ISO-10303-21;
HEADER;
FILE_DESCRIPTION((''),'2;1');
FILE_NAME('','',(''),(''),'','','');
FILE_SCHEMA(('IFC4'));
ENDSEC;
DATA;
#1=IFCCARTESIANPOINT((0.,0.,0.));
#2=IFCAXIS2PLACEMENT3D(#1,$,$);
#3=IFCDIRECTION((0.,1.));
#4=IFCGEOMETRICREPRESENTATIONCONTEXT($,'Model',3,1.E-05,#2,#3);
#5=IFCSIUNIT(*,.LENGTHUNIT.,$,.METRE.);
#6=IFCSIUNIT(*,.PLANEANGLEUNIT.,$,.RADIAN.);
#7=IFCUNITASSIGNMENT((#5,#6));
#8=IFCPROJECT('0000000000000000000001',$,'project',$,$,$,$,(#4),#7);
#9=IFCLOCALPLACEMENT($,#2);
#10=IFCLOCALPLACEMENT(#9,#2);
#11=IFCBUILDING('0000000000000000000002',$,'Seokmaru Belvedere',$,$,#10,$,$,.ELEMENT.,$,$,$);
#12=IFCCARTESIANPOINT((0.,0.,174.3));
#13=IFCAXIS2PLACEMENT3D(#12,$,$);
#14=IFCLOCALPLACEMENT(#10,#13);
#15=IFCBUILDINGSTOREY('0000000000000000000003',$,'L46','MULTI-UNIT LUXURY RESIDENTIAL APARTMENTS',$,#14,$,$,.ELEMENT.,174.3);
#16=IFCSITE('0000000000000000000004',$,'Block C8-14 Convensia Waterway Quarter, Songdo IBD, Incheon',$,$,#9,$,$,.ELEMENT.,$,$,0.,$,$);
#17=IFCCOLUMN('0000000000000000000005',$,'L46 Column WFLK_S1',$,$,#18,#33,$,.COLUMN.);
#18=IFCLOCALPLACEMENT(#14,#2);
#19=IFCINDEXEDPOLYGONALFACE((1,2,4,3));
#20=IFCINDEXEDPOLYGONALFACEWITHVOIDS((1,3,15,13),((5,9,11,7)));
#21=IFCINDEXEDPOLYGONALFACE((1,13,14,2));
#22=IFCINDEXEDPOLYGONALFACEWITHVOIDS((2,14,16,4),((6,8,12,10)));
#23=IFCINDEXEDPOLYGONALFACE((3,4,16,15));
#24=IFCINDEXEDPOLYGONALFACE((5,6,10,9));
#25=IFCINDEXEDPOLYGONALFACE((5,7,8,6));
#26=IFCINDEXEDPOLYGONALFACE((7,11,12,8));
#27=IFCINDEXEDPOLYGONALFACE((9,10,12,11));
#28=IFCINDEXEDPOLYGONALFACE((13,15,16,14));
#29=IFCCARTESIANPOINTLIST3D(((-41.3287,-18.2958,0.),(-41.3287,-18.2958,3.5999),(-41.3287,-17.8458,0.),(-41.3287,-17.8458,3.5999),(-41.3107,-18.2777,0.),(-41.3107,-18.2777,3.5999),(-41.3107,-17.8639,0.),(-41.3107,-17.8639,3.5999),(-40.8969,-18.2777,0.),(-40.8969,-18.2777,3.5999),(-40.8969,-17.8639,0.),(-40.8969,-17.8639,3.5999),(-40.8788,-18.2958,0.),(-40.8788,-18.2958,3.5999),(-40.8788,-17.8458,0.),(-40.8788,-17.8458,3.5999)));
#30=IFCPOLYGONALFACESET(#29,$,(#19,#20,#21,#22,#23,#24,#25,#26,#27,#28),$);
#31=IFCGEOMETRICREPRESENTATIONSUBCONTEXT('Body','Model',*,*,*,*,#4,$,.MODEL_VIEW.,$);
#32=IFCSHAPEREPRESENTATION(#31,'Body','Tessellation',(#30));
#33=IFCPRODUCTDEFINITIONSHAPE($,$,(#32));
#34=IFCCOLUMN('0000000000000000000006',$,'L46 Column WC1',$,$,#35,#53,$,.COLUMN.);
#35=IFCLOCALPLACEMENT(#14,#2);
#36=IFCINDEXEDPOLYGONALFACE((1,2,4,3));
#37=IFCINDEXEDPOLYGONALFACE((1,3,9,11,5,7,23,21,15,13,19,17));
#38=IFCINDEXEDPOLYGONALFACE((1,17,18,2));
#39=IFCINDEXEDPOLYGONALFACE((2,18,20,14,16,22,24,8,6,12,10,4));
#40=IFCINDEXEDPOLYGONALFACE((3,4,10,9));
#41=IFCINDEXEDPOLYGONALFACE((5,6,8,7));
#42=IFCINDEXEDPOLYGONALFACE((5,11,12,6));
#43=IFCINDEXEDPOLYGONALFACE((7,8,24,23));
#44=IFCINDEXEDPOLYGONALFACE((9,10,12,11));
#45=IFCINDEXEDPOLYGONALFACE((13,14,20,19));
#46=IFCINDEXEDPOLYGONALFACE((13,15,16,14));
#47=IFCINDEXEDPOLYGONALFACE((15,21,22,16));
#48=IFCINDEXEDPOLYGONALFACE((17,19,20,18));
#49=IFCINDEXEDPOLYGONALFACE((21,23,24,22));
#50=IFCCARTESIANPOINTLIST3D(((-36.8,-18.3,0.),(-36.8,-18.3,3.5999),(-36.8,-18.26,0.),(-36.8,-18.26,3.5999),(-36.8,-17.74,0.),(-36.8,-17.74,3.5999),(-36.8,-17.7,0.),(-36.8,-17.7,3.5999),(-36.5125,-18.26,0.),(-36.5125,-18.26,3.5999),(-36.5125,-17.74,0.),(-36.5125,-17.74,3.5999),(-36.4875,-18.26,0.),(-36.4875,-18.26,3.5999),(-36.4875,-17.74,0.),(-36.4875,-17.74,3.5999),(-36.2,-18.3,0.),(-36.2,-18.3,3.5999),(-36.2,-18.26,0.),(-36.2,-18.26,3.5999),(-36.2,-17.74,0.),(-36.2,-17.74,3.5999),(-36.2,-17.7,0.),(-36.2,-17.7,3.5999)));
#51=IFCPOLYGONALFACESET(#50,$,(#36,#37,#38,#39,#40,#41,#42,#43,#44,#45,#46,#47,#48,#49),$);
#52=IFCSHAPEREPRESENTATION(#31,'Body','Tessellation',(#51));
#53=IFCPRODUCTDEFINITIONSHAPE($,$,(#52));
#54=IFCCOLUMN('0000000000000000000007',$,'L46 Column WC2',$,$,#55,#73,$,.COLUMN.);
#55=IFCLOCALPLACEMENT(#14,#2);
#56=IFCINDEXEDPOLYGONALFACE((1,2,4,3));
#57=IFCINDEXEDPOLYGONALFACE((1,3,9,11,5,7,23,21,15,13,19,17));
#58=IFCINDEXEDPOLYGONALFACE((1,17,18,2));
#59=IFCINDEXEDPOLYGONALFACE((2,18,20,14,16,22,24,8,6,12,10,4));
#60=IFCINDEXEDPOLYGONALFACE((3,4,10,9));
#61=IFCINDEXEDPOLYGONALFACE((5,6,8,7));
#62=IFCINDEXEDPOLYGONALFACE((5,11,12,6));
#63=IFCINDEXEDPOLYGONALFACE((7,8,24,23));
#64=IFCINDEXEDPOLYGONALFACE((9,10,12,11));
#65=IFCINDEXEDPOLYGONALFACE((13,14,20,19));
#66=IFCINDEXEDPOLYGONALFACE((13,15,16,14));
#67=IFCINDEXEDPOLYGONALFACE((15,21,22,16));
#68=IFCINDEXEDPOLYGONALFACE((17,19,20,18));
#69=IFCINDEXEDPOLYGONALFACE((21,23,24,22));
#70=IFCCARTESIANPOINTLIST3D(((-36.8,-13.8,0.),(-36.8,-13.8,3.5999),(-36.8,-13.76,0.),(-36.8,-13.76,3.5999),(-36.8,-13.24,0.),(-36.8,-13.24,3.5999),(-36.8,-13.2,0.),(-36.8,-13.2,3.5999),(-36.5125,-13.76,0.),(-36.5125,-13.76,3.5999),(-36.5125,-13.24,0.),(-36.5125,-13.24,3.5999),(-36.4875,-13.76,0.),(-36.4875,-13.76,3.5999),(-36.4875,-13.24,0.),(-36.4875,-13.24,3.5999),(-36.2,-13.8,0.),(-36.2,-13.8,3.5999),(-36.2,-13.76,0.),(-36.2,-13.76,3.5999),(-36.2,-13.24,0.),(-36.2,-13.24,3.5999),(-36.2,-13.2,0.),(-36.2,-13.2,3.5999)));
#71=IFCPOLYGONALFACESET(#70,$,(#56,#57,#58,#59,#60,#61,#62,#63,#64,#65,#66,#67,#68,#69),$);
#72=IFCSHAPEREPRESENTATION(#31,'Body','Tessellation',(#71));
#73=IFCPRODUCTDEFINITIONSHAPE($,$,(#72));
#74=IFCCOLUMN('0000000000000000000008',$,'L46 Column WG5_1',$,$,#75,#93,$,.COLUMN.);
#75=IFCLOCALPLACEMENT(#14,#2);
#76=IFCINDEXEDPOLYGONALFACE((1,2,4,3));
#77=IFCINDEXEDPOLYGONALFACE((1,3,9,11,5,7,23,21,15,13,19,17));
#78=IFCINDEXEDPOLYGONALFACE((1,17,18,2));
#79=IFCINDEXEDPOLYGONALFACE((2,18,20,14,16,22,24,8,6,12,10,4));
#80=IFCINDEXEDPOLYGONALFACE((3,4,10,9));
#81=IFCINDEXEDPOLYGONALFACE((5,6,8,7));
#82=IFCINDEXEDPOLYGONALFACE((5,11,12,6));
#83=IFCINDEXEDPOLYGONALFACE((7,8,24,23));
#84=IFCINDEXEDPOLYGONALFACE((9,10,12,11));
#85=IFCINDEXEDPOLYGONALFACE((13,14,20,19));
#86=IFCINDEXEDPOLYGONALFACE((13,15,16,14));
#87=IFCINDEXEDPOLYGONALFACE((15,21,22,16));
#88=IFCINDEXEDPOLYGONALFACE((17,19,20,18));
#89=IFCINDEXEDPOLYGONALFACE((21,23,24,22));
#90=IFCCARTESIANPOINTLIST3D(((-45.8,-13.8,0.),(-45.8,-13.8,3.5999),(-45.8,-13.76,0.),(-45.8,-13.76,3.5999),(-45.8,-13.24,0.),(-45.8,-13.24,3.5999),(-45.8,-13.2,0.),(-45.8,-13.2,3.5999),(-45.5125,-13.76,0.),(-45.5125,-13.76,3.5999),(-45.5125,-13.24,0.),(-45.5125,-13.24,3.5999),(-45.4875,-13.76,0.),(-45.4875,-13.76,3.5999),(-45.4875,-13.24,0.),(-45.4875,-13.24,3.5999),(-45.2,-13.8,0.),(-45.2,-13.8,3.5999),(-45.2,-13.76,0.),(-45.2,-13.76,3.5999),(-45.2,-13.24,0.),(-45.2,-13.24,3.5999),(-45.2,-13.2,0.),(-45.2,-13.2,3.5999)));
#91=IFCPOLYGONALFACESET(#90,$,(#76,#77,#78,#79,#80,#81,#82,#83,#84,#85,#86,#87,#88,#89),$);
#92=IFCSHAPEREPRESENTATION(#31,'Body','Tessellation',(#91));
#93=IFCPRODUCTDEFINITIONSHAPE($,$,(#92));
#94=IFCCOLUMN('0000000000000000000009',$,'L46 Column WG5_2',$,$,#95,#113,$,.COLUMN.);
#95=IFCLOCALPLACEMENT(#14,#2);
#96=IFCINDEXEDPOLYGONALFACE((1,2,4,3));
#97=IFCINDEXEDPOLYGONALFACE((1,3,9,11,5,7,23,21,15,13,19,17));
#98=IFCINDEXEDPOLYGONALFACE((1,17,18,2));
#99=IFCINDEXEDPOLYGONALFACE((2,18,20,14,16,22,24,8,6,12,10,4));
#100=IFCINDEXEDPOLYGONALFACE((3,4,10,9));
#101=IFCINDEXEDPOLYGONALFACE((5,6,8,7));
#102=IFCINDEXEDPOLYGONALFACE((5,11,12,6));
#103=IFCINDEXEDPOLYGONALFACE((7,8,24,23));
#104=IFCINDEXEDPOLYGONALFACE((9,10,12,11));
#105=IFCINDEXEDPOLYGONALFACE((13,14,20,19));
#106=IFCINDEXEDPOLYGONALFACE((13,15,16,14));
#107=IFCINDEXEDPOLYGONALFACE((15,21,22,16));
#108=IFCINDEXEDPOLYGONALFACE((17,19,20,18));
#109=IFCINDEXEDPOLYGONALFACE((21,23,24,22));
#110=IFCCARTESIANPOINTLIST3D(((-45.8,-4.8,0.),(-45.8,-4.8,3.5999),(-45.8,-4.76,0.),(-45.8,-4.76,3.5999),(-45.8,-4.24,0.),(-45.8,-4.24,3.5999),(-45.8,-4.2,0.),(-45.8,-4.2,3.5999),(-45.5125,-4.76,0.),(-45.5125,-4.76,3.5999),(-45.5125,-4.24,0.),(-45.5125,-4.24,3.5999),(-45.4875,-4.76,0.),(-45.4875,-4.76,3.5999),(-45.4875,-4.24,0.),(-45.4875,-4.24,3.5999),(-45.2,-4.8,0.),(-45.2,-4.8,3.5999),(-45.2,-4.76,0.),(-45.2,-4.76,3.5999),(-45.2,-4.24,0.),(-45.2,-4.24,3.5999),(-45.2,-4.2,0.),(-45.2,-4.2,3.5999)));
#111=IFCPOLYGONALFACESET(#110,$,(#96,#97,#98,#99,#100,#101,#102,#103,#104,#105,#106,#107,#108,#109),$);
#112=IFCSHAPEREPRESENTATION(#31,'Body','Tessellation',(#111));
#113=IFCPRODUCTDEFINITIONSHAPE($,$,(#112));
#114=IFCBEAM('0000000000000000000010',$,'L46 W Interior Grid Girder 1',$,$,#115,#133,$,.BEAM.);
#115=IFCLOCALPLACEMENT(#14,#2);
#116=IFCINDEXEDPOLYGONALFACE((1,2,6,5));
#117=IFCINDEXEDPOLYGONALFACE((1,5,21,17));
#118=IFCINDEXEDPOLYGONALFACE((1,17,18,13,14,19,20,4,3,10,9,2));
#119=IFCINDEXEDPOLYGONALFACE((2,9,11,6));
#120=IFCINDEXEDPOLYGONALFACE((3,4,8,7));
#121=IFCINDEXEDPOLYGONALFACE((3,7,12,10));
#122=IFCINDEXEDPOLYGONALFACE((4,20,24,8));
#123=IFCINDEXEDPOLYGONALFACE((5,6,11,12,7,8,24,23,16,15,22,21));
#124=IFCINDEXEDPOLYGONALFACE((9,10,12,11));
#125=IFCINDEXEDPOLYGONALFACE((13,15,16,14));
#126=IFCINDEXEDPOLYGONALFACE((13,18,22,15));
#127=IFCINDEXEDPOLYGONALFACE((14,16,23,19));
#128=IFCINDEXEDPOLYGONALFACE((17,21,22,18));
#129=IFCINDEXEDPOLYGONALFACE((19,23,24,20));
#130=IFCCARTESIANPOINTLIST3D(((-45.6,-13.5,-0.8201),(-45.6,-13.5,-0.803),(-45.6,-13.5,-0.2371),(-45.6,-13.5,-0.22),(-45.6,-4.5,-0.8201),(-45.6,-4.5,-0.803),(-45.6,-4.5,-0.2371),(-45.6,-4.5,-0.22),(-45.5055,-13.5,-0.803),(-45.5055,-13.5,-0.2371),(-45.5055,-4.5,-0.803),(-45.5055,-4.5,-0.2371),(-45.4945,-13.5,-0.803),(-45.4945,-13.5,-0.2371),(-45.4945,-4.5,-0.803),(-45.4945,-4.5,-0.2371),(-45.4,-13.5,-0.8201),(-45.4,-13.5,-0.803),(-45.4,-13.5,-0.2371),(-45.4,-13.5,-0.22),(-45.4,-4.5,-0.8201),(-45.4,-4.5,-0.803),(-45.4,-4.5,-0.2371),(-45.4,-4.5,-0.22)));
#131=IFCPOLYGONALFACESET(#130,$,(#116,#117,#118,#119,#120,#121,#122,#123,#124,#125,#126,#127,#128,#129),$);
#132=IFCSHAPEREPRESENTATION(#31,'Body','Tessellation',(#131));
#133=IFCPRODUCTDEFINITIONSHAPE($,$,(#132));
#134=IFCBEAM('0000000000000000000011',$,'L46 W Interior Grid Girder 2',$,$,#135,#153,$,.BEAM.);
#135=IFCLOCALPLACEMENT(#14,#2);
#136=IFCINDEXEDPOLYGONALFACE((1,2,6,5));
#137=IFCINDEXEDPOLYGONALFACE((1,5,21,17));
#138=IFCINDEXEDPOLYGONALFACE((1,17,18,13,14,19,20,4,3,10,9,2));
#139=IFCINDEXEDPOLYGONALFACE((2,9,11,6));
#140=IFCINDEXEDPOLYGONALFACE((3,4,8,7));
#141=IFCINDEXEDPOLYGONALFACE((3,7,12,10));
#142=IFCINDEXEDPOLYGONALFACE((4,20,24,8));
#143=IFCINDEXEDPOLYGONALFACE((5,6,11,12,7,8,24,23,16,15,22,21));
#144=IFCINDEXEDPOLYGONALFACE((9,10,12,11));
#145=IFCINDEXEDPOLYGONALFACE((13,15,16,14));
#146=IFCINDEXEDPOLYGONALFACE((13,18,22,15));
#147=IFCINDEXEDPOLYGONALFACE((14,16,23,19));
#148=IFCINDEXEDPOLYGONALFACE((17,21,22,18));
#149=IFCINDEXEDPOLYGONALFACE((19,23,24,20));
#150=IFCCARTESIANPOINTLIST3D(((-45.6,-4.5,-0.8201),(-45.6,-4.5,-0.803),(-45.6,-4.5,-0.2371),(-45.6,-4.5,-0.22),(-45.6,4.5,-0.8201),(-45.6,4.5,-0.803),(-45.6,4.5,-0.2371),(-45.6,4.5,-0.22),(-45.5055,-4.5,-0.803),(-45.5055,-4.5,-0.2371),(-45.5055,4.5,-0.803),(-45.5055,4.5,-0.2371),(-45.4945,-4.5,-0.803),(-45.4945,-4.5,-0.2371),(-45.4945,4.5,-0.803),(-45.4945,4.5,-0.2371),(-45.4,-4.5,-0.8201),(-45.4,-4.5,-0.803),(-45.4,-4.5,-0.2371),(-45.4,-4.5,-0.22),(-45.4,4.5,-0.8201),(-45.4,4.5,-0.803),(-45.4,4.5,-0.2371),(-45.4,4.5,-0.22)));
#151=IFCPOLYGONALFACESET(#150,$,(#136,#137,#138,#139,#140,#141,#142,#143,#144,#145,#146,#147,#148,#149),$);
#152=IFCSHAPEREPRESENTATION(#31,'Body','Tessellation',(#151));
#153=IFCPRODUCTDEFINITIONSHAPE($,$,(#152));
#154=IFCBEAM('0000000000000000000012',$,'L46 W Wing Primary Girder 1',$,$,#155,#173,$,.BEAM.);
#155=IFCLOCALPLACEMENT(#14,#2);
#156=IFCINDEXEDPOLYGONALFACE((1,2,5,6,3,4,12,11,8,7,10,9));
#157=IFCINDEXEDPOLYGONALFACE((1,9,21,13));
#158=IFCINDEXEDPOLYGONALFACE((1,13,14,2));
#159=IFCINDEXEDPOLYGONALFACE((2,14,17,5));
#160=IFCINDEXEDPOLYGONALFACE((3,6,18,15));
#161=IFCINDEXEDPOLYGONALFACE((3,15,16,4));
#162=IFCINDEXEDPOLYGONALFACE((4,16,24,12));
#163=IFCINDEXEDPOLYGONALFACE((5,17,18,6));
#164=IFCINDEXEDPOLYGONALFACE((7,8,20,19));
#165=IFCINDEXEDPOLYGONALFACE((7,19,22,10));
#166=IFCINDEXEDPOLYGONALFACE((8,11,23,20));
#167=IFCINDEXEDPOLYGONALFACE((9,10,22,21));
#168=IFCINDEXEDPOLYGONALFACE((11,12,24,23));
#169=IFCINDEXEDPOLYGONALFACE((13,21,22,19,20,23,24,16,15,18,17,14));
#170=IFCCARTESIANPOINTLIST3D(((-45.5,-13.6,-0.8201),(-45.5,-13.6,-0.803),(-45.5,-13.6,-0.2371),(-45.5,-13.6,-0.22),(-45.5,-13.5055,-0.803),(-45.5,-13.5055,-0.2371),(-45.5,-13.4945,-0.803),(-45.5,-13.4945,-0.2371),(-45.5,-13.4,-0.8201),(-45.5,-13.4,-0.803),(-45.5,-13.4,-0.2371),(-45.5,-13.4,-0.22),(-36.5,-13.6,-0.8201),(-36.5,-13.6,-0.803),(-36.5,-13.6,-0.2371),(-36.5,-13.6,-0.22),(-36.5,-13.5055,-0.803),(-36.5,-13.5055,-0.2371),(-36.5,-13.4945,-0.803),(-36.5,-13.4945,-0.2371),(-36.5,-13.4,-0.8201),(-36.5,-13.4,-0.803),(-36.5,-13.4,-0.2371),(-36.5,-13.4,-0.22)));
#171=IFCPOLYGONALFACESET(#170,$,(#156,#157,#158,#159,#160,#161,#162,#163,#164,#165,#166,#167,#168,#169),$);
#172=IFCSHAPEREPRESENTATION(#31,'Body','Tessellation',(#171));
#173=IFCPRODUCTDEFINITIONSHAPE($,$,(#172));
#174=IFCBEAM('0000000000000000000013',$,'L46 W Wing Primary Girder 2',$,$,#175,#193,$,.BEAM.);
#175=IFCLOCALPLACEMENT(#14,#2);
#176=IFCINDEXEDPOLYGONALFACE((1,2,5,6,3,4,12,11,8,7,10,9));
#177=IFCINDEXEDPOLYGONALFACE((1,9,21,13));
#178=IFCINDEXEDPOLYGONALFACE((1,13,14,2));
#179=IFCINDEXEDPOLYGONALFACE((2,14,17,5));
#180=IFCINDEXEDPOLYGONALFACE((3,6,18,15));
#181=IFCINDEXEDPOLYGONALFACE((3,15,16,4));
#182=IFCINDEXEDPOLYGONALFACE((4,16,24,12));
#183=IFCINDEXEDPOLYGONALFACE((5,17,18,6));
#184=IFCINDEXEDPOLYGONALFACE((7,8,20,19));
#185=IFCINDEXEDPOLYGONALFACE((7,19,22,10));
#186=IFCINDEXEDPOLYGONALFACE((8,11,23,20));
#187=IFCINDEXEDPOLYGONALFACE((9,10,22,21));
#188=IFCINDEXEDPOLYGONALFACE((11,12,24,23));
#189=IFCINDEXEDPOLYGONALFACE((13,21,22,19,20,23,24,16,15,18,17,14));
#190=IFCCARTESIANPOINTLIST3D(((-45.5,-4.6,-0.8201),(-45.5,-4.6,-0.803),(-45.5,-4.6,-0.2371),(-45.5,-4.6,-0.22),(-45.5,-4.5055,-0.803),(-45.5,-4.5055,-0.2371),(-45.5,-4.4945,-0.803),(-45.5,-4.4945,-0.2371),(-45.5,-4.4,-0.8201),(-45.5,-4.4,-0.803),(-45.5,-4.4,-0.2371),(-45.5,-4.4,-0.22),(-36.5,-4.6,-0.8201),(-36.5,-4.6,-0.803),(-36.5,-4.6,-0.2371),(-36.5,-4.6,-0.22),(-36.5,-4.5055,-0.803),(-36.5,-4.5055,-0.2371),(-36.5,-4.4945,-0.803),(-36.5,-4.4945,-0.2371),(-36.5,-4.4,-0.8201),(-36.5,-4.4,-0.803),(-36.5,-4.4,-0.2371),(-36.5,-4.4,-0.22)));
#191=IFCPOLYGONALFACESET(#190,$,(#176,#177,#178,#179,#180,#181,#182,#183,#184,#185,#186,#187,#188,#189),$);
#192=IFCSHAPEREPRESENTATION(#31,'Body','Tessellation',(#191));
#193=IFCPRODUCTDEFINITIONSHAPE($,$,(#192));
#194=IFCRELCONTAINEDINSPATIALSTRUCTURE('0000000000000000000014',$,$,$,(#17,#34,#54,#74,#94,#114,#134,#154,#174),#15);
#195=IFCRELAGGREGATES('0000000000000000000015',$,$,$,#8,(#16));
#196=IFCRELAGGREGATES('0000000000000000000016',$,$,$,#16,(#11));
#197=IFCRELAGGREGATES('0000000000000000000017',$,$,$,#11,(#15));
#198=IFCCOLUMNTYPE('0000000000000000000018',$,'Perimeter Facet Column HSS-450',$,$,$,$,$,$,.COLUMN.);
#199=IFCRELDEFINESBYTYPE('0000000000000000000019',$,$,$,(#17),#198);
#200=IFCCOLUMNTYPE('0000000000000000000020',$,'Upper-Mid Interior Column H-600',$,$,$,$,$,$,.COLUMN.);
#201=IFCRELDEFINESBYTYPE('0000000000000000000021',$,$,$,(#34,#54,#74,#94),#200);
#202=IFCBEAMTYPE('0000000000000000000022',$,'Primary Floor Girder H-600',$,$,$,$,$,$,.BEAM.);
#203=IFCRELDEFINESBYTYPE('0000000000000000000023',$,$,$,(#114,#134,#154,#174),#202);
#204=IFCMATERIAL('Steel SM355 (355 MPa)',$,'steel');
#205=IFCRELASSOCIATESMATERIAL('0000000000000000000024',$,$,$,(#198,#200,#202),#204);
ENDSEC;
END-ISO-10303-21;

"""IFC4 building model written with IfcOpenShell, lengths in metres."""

from ifc_helpers import new_model, si_unit, direction, frame, origin, origin_2d, place, context, subcontext, project, spatial, hollow_rectangle, i_section, extrude, source, transform, mapped, material, material_profile, profile_set, type_object, type_shapes, element, save


model = new_model("IFC4")

# Units and contexts
model_context = context("Model", 3, precision=1e-05, world=origin(), true_north=direction((0.0, 1.0)))
body_context = subcontext(model_context, "Body", "Model", "MODEL_VIEW")
ifc_project = project(units=[si_unit("LENGTHUNIT", "METRE"), si_unit("PLANEANGLEUNIT", "RADIAN")], contexts=[model_context])

# Site, building, storey
site_placement = place(None, origin())
site = spatial("IfcSite", under=ifc_project, at=site_placement, Name="Block C8-14 Convensia Waterway Quarter, Songdo IBD, Incheon", CompositionType="ELEMENT", RefElevation=0.0)
building_placement = place(site_placement, origin())
building = spatial("IfcBuilding", under=site, at=building_placement, Name="Seokmaru Belvedere", CompositionType="ELEMENT")
storey_placement = place(building_placement, frame((0.0, 0.0, 174.3)))
storey = spatial("IfcBuildingStorey", under=building, at=storey_placement, Name="L46", Description="MULTI-UNIT LUXURY RESIDENTIAL APARTMENTS", CompositionType="ELEMENT", Elevation=174.3)

# Columns
ifc_material_1 = material(Name="Steel SM355 (355 MPa)", Category="steel")
ifc_material_profile_1 = material_profile(ifc_material_1, hollow_rectangle(XDim=0.45, YDim=0.45, WallThickness=0.0181, at=origin_2d()), Name="HSS-450x450x18")
ifc_profile_set_1 = profile_set([ifc_material_profile_1], Name="Steel SM355 (355 MPa)")
column_type_1 = type_object("IfcColumnType", Name="Perimeter Facet Column HSS-450", PredefinedType="COLUMN", material=ifc_profile_set_1)
shared_shape_1 = source(origin(), body_context, "Body", "SweptSolid", [
    extrude(hollow_rectangle(XDim=0.45, YDim=0.45, WallThickness=0.0181, at=origin_2d()), origin(), (0.0, 0.0, 1.0), 3.5999),
])
type_shapes(column_type_1, [shared_shape_1])
column_placement = place(storey_placement, frame((-41.1038, -18.0708, 0.0), z_axis=(0.0, 0.0, 1.0), x_axis=(1.0, 0.0, 0.0)))
element("IfcColumn", 1, at=column_placement, inside=storey, type_object=column_type_1, Name="L46 Column WFLK_S1", PredefinedType="COLUMN", context=body_context, shape_type="MappedRepresentation", body=[
    mapped(shared_shape_1, transform((0.0, 0.0, 0.0), scale=1.0)),
])
ifc_material_profile_2 = material_profile(ifc_material_1, i_section(OverallWidth=0.6001, OverallDepth=0.6001, WebThickness=0.0249, FlangeThickness=0.04, at=origin_2d()), Name="H-600x600x25x40")
ifc_profile_set_2 = profile_set([ifc_material_profile_2], Name="Steel SM355 (355 MPa)")
column_type_2 = type_object("IfcColumnType", Name="Upper-Mid Interior Column H-600", PredefinedType="COLUMN", material=ifc_profile_set_2)
shared_shape_2 = source(origin(), body_context, "Body", "SweptSolid", [
    extrude(i_section(OverallWidth=0.6001, OverallDepth=0.6001, WebThickness=0.0249, FlangeThickness=0.04, at=origin_2d()), origin(), (0.0, 0.0, 1.0), 3.5999),
])
type_shapes(column_type_2, [shared_shape_2])
for number, where, z_axis, x_axis, name in (
    (2, (-36.5, -18.0, 0.0), (0.0, 0.0, 1.0), (1.0, 0.0, 0.0), "L46 Column WC1"),
    (3, (-36.5, -13.5, 0.0), (0.0, 0.0, 1.0), (1.0, 0.0, 0.0), "L46 Column WC2"),
    (4, (-45.5, -13.5, 0.0), (0.0, 0.0, 1.0), (1.0, 0.0, 0.0), "L46 Column WG5_1"),
    (5, (-45.5, -4.5, 0.0), (0.0, 0.0, 1.0), (1.0, 0.0, 0.0), "L46 Column WG5_2"),
):
    element("IfcColumn", number, at=place(storey_placement, frame(where, z_axis=z_axis, x_axis=x_axis)), inside=storey, type_object=column_type_2, Name=name, PredefinedType="COLUMN", context=body_context, shape_type="MappedRepresentation", body=[
        mapped(shared_shape_2, transform((0.0, 0.0, 0.0), scale=1.0)),
    ])

# Beams
ifc_material_profile_3 = material_profile(ifc_material_1, i_section(OverallWidth=0.2, OverallDepth=0.6001, WebThickness=0.011, FlangeThickness=0.0171, at=origin_2d()), Name="H-600x200x11x17")
ifc_profile_set_3 = profile_set([ifc_material_profile_3], Name="Steel SM355 (355 MPa)")
beam_type_1 = type_object("IfcBeamType", Name="Primary Floor Girder H-600", PredefinedType="BEAM", material=ifc_profile_set_3)
shared_shape_3 = source(origin(), body_context, "Body", "SweptSolid", [
    extrude(i_section(OverallWidth=0.2, OverallDepth=0.6001, WebThickness=0.011, FlangeThickness=0.0171, at=origin_2d()), origin(), (0.0, 0.0, 1.0), 9.0),
])
for number, where, z_axis, x_axis, name in (
    (6, (-45.5, -13.5, -0.52), (0.0, 1.0, 0.0), (-1.0, 0.0, 0.0), "L46 W Interior Grid Girder 1"),
    (7, (-45.5, -4.5, -0.52), (0.0, 1.0, 0.0), (-1.0, 0.0, 0.0), "L46 W Interior Grid Girder 2"),
    (8, (-45.5, -13.5, -0.52), (1.0, 0.0, 0.0), (0.0, 1.0, 0.0), "L46 W Wing Primary Girder 1"),
    (9, (-45.5, -4.5, -0.52), (1.0, 0.0, 0.0), (0.0, 1.0, 0.0), "L46 W Wing Primary Girder 2"),
):
    element("IfcBeam", number, at=place(storey_placement, frame(where, z_axis=z_axis, x_axis=x_axis)), inside=storey, type_object=beam_type_1, Name=name, PredefinedType="BEAM", context=body_context, shape_type="MappedRepresentation", body=[
        mapped(shared_shape_3, transform((0.0, 0.0, 0.0), scale=1.0)),
    ])

save(model, "model.ifc")
